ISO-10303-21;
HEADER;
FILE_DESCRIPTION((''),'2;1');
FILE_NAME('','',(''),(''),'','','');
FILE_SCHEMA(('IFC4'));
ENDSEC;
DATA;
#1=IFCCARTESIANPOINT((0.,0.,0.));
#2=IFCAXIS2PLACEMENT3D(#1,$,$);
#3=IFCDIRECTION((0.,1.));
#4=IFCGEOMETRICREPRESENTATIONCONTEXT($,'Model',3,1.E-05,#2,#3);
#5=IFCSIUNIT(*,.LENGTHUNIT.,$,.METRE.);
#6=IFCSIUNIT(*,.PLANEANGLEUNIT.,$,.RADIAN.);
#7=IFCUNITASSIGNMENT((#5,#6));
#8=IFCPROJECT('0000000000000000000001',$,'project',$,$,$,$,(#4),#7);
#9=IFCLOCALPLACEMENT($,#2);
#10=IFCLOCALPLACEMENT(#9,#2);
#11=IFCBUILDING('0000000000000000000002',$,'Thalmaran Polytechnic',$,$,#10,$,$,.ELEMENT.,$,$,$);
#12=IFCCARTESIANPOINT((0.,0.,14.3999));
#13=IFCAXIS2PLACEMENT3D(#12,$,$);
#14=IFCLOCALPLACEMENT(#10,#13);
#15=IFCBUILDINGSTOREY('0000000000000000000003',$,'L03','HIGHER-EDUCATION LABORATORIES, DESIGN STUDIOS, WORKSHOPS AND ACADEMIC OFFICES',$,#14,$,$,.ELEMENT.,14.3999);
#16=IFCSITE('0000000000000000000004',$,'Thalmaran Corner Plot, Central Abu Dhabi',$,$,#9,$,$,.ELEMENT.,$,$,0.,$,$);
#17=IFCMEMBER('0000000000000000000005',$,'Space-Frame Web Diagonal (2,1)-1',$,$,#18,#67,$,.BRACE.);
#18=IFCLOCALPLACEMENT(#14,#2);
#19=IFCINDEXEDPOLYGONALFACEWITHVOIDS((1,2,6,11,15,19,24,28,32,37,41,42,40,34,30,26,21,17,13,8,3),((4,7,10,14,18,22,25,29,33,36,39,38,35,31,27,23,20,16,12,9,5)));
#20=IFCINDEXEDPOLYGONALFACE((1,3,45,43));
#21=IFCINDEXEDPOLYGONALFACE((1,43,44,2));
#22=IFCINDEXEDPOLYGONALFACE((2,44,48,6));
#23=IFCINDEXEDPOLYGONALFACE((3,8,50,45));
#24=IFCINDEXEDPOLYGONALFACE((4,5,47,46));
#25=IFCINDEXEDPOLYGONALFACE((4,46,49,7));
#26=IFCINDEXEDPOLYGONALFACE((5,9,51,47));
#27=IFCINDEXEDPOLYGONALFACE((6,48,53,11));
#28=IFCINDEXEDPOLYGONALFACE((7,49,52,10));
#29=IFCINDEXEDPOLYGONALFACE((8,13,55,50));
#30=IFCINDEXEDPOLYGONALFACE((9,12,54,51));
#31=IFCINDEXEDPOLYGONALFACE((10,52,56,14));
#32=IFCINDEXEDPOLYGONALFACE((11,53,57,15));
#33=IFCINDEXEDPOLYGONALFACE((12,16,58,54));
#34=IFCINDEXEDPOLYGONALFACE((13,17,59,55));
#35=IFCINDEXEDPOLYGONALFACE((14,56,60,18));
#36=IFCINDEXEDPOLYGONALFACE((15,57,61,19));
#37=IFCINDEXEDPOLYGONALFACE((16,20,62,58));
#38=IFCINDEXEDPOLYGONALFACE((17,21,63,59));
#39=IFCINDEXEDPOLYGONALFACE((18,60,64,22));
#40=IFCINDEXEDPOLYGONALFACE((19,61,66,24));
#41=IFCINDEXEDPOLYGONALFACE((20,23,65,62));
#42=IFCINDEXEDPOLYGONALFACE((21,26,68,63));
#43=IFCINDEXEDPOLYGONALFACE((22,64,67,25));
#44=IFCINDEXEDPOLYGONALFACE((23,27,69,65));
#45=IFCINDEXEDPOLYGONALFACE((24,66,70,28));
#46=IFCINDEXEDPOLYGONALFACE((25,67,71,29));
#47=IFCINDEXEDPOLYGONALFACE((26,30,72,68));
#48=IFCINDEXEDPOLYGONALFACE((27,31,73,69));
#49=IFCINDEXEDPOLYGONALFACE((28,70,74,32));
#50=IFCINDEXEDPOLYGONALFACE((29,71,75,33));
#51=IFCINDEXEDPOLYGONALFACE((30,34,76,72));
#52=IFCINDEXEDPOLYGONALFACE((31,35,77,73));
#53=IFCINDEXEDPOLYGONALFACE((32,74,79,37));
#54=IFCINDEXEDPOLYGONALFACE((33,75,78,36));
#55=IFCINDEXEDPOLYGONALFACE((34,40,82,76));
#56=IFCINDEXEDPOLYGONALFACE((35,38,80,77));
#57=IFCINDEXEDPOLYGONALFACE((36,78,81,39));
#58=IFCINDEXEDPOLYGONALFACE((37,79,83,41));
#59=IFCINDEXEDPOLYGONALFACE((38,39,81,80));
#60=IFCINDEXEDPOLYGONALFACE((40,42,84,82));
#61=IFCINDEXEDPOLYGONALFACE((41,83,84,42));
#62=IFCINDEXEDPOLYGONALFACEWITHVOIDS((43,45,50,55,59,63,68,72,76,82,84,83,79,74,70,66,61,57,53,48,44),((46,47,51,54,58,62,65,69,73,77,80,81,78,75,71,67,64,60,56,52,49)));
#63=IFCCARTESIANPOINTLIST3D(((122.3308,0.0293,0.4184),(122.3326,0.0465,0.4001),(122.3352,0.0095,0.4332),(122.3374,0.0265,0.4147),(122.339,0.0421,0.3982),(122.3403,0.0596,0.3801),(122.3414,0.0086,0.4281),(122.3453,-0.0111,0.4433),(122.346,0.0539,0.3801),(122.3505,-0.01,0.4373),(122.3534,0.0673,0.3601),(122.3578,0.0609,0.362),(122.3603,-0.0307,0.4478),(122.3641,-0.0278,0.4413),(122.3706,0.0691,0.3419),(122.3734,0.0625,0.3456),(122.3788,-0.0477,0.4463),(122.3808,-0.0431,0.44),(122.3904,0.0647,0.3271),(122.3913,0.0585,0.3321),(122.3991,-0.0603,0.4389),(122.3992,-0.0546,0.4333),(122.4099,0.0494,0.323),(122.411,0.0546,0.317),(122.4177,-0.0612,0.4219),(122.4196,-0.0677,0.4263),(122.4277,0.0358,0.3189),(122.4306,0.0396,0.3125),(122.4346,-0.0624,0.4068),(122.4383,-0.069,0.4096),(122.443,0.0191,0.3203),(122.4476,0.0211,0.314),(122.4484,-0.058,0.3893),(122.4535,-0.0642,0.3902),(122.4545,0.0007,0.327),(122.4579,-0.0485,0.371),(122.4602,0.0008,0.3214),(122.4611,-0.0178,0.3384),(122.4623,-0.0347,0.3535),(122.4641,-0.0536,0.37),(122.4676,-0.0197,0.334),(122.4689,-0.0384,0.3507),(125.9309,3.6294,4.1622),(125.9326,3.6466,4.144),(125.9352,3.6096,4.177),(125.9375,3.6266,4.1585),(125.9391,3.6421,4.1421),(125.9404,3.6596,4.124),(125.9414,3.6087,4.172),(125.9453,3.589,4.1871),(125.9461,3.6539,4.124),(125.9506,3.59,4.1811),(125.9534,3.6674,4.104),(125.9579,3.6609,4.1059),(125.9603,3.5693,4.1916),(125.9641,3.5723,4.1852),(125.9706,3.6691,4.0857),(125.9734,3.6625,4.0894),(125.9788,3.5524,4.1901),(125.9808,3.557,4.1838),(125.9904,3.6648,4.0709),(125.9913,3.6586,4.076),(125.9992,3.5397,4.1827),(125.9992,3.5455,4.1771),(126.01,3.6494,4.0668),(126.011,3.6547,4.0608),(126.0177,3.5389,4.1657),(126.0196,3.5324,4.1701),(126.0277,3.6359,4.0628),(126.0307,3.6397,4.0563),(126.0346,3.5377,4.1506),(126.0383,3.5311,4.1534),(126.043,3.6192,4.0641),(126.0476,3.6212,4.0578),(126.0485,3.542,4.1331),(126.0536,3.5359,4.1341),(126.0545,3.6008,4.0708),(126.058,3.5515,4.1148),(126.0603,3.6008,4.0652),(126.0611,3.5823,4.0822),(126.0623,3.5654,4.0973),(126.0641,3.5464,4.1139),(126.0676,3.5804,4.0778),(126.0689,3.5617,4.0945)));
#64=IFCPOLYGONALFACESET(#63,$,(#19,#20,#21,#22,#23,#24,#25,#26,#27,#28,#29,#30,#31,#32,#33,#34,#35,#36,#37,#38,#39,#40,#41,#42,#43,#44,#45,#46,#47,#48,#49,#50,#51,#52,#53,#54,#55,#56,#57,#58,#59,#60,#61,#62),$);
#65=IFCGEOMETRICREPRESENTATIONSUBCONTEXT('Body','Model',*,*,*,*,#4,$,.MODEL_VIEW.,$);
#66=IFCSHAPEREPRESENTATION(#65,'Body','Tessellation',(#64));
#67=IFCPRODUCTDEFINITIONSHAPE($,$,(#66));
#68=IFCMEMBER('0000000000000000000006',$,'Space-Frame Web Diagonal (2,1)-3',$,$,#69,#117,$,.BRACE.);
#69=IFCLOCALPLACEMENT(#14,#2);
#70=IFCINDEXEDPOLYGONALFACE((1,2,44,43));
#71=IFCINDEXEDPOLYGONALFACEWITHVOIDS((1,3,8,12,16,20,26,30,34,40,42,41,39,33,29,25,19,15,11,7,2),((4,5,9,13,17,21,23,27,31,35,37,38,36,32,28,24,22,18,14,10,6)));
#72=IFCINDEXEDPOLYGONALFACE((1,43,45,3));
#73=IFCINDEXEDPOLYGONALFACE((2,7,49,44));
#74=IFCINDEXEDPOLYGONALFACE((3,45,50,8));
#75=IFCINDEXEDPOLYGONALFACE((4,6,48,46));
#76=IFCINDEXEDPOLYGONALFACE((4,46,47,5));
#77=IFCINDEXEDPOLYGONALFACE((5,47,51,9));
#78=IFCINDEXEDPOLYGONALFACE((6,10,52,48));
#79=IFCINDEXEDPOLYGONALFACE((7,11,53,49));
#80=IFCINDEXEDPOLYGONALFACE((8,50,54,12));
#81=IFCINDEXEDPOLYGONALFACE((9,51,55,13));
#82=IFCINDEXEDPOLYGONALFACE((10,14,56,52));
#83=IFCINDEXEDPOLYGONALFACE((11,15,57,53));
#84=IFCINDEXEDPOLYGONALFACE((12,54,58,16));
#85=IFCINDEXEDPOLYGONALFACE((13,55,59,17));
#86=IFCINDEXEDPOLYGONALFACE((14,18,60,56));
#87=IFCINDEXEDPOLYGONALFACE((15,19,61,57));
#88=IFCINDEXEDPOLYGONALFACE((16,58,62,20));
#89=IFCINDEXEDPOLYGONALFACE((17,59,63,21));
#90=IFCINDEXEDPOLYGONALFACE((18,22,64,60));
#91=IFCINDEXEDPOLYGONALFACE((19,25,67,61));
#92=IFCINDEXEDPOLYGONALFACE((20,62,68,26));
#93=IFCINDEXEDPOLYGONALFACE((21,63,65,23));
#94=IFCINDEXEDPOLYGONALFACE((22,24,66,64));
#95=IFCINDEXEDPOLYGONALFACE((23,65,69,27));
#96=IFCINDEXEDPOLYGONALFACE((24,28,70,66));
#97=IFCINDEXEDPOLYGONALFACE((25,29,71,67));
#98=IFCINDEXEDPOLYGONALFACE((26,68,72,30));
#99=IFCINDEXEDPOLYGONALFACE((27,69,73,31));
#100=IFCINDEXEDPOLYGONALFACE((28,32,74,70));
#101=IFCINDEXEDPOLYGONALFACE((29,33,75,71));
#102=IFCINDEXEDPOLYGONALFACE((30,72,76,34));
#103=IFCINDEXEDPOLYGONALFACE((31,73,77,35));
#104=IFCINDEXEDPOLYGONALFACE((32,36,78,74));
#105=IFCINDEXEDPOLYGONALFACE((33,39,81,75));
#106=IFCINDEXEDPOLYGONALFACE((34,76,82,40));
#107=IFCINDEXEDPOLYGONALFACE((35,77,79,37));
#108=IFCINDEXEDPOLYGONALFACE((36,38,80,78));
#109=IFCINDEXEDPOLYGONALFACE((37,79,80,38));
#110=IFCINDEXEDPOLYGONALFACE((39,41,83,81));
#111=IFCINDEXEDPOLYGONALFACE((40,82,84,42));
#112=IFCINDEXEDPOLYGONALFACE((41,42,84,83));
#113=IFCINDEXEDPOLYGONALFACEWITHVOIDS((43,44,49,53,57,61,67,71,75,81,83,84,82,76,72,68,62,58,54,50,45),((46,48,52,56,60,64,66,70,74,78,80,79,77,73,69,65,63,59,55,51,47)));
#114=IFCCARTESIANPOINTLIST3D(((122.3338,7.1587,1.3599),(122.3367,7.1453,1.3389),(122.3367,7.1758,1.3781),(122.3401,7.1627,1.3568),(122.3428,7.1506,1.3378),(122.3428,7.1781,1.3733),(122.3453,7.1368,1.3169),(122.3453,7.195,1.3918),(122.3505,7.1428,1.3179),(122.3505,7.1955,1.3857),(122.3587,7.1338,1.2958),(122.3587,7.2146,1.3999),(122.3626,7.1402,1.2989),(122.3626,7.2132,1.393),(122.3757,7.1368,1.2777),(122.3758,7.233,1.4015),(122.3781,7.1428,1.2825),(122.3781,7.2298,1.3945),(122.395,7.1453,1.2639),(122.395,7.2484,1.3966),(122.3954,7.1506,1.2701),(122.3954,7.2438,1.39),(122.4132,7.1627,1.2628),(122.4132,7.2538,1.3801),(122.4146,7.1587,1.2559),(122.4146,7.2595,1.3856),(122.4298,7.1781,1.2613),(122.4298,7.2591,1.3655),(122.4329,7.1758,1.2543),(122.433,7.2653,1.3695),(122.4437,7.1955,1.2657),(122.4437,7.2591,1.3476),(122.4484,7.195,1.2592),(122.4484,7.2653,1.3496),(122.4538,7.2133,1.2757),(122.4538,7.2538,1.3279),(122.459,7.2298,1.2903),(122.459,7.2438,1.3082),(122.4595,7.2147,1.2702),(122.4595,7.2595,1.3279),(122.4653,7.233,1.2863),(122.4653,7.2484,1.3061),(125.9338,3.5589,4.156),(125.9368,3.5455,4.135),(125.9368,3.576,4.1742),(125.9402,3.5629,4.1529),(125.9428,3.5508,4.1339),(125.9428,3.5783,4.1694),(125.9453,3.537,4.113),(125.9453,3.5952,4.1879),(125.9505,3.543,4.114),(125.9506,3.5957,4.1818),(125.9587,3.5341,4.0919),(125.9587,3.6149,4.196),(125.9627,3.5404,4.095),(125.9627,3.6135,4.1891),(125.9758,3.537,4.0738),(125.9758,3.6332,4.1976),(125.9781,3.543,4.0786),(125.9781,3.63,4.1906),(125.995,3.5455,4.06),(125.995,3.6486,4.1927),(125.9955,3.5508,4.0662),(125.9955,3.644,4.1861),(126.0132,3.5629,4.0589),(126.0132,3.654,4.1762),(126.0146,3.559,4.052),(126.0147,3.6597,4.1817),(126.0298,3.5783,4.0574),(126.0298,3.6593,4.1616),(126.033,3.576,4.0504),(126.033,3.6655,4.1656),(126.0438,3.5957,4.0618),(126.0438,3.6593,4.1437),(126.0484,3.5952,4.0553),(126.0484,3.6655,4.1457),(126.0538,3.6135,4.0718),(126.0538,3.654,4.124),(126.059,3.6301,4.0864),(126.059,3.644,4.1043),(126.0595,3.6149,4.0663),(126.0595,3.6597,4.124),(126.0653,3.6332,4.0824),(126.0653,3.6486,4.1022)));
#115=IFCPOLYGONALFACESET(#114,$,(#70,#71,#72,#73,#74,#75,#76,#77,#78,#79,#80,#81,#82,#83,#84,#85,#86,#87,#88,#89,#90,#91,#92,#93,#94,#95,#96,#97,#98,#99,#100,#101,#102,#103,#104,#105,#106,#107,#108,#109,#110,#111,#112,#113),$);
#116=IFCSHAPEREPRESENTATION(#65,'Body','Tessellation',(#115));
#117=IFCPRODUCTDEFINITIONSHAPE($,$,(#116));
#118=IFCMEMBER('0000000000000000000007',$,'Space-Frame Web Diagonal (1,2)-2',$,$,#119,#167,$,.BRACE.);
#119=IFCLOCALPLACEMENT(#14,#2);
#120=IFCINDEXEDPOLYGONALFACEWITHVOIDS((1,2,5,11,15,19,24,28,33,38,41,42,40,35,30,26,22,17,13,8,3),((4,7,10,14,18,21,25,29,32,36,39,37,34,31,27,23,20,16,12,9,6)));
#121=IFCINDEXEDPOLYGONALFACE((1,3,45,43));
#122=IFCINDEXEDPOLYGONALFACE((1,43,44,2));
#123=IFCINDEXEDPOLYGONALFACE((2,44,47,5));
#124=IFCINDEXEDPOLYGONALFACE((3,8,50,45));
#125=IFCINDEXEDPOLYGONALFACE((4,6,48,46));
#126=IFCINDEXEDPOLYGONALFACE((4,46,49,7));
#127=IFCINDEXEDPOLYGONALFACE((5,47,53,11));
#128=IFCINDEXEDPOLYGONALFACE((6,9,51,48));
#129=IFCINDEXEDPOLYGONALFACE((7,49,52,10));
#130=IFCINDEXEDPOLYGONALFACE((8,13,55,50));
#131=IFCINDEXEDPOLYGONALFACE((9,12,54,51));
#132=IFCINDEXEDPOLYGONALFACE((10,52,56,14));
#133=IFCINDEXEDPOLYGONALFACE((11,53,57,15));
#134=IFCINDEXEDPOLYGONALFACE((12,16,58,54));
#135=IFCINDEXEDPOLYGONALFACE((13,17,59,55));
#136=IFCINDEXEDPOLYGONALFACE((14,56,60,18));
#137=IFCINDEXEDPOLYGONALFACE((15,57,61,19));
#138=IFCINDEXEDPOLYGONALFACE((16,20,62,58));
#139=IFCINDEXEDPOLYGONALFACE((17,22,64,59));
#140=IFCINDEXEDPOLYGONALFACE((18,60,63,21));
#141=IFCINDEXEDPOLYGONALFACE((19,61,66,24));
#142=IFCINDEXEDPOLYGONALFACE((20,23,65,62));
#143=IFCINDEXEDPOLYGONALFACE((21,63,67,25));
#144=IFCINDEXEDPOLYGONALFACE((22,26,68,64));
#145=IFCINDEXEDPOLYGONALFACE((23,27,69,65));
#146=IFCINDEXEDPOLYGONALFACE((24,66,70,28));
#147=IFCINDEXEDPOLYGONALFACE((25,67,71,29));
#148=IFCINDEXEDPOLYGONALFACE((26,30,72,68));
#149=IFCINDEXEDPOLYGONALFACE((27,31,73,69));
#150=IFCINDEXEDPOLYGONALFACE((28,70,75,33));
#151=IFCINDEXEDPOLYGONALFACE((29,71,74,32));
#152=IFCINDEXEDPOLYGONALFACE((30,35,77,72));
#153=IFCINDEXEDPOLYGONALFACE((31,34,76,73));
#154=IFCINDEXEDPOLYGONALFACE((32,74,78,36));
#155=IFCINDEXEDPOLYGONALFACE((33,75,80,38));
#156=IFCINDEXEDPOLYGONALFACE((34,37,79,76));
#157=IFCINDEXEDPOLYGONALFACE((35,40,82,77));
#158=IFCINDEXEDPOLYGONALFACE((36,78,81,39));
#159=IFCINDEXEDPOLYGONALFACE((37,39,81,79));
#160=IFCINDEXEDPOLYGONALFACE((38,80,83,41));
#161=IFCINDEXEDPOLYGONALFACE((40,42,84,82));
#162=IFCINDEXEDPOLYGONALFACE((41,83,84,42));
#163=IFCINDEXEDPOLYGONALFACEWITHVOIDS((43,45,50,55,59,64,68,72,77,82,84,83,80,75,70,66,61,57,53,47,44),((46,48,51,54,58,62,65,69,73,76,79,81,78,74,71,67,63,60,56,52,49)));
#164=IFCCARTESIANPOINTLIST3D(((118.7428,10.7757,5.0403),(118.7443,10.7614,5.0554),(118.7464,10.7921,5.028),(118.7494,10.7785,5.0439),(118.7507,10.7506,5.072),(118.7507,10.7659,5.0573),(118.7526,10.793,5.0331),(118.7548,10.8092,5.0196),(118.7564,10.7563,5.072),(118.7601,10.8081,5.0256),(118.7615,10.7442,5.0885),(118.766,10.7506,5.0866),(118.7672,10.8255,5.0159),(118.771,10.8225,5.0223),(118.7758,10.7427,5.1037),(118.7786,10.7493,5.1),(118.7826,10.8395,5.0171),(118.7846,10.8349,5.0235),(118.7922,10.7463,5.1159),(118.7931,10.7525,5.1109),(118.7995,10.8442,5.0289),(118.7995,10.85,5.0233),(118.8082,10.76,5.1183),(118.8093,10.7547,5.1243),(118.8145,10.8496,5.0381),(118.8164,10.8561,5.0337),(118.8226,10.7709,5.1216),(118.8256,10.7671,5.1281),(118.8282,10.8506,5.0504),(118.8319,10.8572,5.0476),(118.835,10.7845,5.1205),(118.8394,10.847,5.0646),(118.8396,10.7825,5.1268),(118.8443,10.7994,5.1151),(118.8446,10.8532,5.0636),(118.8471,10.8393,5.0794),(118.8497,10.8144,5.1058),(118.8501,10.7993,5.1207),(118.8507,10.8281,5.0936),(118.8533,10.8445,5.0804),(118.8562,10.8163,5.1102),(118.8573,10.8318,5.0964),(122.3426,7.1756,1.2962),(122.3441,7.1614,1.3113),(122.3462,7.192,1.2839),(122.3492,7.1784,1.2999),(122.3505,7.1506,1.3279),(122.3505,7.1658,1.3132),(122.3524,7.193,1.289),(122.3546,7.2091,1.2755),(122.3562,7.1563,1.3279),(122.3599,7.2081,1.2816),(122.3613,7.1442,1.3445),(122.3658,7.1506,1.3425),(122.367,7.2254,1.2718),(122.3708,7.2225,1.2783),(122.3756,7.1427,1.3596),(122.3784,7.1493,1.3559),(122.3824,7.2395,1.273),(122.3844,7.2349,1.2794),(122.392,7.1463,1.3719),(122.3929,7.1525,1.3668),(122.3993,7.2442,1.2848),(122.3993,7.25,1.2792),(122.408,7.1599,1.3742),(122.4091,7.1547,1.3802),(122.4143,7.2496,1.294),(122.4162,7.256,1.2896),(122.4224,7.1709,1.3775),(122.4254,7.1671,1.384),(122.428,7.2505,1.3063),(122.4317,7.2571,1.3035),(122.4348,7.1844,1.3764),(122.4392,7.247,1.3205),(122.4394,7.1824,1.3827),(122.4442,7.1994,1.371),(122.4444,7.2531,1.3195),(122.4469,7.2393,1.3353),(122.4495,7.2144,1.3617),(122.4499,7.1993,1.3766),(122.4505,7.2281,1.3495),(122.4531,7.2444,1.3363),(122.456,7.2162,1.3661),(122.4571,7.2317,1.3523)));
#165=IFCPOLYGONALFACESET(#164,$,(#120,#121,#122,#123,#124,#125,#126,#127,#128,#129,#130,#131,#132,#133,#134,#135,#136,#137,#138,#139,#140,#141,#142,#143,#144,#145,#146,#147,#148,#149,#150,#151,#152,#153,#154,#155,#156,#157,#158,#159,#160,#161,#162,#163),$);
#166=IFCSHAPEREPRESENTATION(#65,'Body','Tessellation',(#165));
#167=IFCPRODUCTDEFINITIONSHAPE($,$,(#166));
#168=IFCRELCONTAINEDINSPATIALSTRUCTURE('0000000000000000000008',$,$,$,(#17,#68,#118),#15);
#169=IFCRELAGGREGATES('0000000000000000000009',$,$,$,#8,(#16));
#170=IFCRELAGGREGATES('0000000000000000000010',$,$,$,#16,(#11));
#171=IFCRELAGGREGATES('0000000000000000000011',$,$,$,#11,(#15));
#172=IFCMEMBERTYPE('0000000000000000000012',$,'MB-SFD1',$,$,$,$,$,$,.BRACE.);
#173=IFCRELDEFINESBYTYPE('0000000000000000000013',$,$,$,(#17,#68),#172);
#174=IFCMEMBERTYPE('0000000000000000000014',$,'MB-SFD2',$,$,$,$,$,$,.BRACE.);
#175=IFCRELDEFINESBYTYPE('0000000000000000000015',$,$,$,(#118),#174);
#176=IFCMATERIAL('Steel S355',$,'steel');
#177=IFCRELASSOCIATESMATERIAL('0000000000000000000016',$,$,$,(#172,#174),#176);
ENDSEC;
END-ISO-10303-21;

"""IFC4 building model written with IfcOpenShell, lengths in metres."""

from ifc_helpers import new_model, si_unit, direction, frame, origin, origin_2d, place, context, subcontext, project, spatial, hollow_circle, extrude, material, material_profile, profile_set, type_object, element, save


model = new_model("IFC4")

# Units and contexts
model_context = context("Model", 3, precision=1e-05, world=origin(), true_north=direction((0.0, 1.0)))
body_context = subcontext(model_context, "Body", "Model", "MODEL_VIEW")
ifc_project = project(units=[si_unit("LENGTHUNIT", "METRE"), si_unit("PLANEANGLEUNIT", "RADIAN")], contexts=[model_context])

# Site, building, storey
site_placement = place(None, origin())
site = spatial("IfcSite", under=ifc_project, at=site_placement, Name="Thalmaran Corner Plot, Central Abu Dhabi", CompositionType="ELEMENT", RefElevation=0.0)
building_placement = place(site_placement, origin())
building = spatial("IfcBuilding", under=site, at=building_placement, Name="Thalmaran Polytechnic", CompositionType="ELEMENT")
storey_placement = place(building_placement, frame((0.0, 0.0, 14.3999)))
storey = spatial("IfcBuildingStorey", under=building, at=storey_placement, Name="L03", Description="HIGHER-EDUCATION LABORATORIES, DESIGN STUDIOS, WORKSHOPS AND ACADEMIC OFFICES", CompositionType="ELEMENT", Elevation=14.3999)

# Shared definitions
ifc_material_1 = material(Name="Steel S355", Category="steel")

# Members
ifc_material_profile_1 = material_profile(ifc_material_1, hollow_circle(Radius=0.0842, WallThickness=0.0081, at=origin_2d()), Name="CHS 168.3x8.0")
ifc_profile_set_1 = profile_set([ifc_material_profile_1], Name="Steel S355")
member_type_1 = type_object("IfcMemberType", Name="MB-SFD1", PredefinedType="BRACE", material=ifc_profile_set_1)
member_1_placement = place(storey_placement, frame((122.3999, 0.0, 0.3801), z_axis=(0.569666, 0.569666, 0.59242), x_axis=(-0.707107, 0.707107, 0.0)))
element("IfcMember", 1, at=member_1_placement, inside=storey, type_object=member_type_1, Name="Space-Frame Web Diagonal (2,1)-1", PredefinedType="BRACE", context=body_context, shape_type="SweptSolid", body=[
    extrude(hollow_circle(Radius=0.0842, WallThickness=0.0081, at=origin_2d()), origin(), (0.0, 0.0, 1.0), 6.3196),
])
member_2_placement = place(storey_placement, frame((122.3999, 7.2, 1.3279), z_axis=(0.619804, -0.619762, 0.481392), x_axis=(0.707083, 0.707131, 0.0)))
element("IfcMember", 2, at=member_2_placement, inside=storey, type_object=member_type_1, Name="Space-Frame Web Diagonal (2,1)-3", PredefinedType="BRACE", context=body_context, shape_type="SweptSolid", body=[
    extrude(hollow_circle(Radius=0.0842, WallThickness=0.0081, at=origin_2d()), origin(), (0.0, 0.0, 1.0), 5.8083),
])
ifc_material_profile_2 = material_profile(ifc_material_1, hollow_circle(Radius=0.0698, WallThickness=0.0081, at=origin_2d()), Name="CHS 139.7x8.0")
ifc_profile_set_2 = profile_set([ifc_material_profile_2], Name="Steel S355")
member_type_2 = type_object("IfcMemberType", Name="MB-SFD2", PredefinedType="BRACE", material=ifc_profile_set_2)
member_3_placement = place(storey_placement, frame((122.3999, 7.2, 1.3279), z_axis=(-0.569627, 0.569665, 0.592458), x_axis=(-0.707131, -0.707083, 0.0)))
element("IfcMember", 3, at=member_3_placement, inside=storey, type_object=member_type_2, Name="Space-Frame Web Diagonal (1,2)-2", PredefinedType="BRACE", context=body_context, shape_type="SweptSolid", body=[
    extrude(hollow_circle(Radius=0.0698, WallThickness=0.0081, at=origin_2d()), origin(), (0.0, 0.0, 1.0), 6.3196),
])

save(model, "model.ifc")
